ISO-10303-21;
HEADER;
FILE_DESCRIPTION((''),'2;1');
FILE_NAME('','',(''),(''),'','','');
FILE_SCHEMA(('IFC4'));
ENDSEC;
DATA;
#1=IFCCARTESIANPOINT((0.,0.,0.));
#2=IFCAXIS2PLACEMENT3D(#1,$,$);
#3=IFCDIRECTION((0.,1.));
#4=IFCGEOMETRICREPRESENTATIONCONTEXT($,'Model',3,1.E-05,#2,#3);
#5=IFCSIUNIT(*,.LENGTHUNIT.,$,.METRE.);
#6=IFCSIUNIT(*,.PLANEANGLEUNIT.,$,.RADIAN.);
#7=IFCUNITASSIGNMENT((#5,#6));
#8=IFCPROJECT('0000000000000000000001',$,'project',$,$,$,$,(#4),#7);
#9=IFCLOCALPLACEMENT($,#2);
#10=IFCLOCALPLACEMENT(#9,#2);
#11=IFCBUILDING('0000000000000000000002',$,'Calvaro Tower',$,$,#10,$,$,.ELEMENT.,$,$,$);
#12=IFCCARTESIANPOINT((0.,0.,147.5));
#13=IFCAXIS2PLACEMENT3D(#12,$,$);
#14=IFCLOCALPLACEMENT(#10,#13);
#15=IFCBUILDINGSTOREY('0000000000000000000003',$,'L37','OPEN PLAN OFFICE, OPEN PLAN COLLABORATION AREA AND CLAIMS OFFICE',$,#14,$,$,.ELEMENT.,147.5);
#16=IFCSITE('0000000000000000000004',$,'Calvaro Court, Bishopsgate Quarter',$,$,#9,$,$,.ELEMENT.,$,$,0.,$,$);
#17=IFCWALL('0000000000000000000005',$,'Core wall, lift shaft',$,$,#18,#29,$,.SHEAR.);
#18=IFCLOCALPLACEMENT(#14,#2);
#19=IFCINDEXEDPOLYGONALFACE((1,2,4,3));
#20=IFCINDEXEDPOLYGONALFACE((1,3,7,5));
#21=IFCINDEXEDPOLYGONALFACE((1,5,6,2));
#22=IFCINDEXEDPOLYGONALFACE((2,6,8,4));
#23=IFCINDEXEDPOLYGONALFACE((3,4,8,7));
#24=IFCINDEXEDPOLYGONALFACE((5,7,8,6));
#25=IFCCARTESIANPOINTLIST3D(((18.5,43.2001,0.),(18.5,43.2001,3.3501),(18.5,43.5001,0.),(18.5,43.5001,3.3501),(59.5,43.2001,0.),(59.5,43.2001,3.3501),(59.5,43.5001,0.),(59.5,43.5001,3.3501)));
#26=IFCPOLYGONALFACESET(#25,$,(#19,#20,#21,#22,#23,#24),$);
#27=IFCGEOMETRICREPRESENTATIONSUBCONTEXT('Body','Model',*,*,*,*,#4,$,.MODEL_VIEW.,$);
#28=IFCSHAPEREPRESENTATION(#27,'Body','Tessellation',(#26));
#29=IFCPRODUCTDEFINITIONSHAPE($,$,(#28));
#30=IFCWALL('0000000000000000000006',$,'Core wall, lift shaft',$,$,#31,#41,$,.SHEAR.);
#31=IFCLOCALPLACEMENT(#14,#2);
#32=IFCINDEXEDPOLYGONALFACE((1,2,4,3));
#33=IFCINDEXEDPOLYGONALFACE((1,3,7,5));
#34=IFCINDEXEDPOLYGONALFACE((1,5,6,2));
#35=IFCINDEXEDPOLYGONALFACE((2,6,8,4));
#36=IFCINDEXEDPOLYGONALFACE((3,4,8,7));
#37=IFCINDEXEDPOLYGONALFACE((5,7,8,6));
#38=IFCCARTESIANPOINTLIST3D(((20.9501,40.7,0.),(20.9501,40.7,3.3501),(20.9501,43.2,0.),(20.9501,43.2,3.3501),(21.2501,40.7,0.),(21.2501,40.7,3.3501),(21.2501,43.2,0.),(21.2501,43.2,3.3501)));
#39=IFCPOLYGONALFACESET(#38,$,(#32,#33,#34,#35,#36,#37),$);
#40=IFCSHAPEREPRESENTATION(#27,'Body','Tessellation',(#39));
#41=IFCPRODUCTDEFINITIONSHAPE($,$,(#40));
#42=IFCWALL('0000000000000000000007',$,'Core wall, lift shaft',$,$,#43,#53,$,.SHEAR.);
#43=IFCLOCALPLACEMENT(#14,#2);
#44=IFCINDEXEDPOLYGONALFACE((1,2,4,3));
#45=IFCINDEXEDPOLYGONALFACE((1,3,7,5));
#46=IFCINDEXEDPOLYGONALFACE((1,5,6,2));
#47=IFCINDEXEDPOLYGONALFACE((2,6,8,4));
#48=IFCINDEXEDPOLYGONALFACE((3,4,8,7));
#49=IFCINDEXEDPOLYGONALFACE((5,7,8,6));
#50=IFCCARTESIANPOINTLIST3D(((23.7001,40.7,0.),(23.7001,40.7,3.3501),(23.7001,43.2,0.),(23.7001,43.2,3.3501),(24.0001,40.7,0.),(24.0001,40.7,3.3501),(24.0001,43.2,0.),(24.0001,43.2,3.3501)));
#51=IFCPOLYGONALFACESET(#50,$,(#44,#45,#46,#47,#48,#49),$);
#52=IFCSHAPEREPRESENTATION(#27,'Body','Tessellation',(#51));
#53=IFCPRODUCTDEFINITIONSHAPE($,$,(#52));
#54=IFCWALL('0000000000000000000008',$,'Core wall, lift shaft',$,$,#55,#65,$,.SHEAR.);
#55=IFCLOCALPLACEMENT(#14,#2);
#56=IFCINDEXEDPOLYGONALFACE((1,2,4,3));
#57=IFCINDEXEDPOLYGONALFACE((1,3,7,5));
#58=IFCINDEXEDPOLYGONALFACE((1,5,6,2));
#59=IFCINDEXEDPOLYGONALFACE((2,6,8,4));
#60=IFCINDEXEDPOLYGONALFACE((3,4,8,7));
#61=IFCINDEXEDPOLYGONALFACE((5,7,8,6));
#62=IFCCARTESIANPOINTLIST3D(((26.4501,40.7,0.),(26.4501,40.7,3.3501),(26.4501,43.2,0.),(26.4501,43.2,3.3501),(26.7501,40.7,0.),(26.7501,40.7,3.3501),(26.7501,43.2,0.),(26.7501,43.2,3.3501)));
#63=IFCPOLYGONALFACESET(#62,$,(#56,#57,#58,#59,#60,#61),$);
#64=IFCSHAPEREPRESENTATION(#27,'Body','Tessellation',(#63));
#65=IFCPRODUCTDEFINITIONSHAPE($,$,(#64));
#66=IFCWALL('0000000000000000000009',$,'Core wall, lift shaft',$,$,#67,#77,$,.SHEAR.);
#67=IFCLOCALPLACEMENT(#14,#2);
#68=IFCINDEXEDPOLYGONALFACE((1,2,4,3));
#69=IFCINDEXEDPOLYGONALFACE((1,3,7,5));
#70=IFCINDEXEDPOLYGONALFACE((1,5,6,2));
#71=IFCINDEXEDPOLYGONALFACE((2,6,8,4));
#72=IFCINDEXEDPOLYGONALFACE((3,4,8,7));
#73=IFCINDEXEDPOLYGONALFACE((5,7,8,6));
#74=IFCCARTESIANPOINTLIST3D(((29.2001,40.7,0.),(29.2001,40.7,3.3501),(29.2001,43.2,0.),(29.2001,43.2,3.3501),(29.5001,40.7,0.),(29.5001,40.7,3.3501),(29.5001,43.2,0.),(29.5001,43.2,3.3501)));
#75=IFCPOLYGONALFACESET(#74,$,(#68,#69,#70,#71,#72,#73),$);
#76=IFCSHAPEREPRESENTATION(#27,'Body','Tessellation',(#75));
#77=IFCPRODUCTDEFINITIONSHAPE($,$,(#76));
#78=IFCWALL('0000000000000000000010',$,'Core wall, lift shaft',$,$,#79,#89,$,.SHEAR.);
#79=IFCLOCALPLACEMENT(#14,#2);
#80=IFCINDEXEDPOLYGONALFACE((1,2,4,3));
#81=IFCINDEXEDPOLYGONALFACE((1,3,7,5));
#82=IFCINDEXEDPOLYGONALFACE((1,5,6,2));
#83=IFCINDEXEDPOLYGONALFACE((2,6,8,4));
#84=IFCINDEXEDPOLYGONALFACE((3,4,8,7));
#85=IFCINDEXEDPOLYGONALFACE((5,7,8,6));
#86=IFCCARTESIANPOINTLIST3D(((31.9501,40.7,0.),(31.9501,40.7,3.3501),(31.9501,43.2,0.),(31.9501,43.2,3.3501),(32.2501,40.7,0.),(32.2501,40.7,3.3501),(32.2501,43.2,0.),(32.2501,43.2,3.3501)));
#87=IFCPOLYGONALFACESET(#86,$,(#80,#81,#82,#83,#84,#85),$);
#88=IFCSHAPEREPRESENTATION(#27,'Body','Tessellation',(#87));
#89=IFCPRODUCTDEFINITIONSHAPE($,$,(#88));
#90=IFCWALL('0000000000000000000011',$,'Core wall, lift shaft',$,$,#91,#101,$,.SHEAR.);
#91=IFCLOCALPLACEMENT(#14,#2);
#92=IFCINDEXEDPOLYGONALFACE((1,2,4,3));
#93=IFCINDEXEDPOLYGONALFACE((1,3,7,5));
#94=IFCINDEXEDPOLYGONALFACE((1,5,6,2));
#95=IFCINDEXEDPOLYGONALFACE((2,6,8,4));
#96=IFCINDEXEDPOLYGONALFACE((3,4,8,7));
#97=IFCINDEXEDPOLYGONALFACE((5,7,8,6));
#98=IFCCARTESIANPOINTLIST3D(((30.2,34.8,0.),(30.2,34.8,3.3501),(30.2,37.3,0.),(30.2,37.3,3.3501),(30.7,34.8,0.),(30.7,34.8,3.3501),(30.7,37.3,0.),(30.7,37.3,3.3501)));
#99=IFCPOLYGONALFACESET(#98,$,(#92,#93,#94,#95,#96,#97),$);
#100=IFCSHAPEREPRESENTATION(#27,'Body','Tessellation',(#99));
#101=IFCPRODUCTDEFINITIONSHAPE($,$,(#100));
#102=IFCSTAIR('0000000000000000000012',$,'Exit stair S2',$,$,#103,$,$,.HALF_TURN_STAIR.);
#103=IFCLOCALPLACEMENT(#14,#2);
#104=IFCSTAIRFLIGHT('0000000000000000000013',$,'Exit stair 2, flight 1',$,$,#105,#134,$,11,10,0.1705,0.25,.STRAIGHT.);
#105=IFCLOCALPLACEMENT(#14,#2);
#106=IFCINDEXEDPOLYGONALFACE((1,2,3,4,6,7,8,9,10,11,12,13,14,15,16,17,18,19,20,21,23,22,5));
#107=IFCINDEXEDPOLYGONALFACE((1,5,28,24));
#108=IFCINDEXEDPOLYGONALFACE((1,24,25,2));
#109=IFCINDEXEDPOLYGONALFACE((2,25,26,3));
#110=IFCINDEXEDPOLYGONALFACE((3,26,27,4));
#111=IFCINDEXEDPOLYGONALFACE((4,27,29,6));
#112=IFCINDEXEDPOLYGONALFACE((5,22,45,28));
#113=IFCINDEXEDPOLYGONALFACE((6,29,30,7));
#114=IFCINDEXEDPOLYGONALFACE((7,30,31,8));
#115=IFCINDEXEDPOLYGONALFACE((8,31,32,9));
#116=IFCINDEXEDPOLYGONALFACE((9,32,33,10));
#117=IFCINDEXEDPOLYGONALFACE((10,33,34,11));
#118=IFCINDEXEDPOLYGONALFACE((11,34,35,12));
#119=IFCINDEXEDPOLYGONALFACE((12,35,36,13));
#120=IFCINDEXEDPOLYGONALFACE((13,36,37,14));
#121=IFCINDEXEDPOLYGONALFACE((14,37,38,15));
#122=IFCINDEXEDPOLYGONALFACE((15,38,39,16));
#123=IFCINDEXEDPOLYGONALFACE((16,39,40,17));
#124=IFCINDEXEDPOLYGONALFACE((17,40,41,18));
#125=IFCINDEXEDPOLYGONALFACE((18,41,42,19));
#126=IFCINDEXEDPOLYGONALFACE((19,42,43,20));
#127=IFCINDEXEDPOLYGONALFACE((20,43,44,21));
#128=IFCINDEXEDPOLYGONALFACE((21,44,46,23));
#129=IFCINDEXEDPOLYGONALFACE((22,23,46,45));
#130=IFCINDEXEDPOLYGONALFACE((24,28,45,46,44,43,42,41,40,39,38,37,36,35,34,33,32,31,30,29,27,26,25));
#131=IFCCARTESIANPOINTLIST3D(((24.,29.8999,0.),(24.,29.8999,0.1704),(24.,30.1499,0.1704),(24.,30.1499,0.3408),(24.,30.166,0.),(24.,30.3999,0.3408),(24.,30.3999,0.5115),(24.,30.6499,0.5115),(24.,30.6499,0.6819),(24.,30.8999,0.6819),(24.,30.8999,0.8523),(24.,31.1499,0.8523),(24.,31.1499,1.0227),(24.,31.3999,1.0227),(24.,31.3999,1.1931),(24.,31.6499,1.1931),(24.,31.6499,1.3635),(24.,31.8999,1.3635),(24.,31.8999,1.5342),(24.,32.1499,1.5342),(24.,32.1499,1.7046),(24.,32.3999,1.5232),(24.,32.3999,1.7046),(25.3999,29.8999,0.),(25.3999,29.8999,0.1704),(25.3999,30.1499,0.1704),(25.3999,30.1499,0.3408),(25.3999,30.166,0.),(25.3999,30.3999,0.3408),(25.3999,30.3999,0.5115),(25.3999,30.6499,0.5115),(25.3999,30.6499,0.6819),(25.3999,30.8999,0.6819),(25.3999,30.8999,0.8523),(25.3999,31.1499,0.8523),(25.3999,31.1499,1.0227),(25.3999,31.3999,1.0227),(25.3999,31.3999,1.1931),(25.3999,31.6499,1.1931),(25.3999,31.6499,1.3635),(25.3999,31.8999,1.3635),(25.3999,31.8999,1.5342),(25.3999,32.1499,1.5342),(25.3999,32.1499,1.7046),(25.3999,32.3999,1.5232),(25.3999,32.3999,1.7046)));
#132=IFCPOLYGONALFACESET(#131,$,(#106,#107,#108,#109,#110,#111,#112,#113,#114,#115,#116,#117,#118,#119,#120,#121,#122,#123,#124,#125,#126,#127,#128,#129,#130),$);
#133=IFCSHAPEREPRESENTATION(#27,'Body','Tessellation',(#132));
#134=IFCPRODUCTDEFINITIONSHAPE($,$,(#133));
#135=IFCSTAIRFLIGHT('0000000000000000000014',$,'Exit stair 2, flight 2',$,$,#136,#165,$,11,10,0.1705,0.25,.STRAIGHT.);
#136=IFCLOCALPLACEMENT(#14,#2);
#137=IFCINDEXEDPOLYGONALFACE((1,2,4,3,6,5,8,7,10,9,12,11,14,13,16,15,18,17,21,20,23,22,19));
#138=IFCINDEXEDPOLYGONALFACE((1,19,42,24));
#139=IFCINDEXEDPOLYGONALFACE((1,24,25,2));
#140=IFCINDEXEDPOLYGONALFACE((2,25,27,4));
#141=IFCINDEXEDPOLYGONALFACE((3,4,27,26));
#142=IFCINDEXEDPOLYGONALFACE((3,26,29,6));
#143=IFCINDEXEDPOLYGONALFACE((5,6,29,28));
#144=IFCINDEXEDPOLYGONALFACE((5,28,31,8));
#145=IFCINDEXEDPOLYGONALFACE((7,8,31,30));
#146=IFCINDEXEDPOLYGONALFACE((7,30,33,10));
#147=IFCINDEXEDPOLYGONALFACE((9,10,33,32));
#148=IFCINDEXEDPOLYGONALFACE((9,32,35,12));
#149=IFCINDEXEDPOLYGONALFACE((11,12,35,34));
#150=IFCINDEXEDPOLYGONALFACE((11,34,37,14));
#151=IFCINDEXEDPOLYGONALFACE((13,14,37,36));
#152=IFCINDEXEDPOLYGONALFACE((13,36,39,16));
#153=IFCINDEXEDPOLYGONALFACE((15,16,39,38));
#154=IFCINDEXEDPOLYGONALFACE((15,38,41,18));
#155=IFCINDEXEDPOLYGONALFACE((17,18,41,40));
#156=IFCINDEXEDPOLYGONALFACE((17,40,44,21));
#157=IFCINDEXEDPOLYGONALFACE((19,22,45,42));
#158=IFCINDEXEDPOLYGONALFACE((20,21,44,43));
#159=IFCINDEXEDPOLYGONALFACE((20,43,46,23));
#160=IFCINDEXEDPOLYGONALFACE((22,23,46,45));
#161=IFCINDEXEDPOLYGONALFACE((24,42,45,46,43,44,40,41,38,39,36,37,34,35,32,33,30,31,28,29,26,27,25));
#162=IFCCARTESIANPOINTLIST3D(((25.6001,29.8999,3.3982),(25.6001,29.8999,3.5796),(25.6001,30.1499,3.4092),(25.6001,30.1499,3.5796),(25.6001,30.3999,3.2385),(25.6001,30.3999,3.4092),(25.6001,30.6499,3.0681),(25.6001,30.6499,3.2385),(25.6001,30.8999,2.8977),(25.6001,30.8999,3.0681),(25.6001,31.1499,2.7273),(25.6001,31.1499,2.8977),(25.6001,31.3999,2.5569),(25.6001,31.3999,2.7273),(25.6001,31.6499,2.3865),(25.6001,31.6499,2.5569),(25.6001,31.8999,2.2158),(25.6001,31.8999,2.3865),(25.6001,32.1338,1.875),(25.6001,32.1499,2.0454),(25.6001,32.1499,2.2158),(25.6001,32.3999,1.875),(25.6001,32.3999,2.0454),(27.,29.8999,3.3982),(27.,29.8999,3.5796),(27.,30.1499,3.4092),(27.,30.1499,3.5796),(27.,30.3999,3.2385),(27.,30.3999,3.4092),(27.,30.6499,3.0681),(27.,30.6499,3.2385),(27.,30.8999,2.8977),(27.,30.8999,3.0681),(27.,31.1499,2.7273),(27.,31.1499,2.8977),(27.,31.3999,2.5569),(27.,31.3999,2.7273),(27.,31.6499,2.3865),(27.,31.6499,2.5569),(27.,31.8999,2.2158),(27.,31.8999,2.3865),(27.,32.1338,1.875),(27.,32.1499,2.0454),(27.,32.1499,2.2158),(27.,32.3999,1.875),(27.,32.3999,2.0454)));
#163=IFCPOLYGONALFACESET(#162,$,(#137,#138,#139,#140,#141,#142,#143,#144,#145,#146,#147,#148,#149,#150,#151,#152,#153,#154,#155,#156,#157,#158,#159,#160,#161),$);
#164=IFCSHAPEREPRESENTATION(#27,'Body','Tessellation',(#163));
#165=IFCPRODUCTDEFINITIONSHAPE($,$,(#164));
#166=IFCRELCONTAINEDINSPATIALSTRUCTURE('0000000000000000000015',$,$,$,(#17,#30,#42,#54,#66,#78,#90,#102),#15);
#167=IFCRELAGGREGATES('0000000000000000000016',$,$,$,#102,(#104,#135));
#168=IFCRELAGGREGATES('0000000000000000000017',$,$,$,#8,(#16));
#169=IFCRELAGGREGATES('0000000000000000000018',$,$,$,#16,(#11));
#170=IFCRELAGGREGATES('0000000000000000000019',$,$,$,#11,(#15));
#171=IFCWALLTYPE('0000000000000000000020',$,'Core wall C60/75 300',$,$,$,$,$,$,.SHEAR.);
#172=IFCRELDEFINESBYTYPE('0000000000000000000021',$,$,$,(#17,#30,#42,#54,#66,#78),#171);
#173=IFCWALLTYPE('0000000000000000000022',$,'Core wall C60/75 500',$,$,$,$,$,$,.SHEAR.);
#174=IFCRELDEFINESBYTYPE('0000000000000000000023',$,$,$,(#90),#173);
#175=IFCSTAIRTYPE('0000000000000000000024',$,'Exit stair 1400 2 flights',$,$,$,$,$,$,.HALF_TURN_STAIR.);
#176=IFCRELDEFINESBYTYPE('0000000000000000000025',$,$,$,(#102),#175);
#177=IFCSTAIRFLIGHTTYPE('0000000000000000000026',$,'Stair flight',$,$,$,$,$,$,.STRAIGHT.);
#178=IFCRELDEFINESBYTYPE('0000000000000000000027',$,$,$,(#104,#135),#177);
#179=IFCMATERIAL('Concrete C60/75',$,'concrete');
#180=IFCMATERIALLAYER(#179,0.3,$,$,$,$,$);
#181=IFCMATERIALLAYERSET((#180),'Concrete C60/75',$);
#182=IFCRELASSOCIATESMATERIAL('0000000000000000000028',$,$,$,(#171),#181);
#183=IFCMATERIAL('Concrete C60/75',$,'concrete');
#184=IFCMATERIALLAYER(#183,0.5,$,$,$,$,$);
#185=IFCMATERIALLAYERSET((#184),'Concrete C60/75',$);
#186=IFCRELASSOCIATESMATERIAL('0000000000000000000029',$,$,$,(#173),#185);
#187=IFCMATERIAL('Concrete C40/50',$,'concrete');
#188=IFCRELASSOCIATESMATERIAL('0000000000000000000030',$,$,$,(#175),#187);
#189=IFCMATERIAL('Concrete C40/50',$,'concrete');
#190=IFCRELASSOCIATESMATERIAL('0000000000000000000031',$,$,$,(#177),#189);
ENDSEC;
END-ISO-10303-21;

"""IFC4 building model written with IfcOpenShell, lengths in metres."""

from ifc_helpers import new_model, si_unit, direction, frame, frame_2d, origin, place, context, subcontext, project, spatial, polyline, rectangle, outline, extrude, material, layer, layer_set, type_object, element, aggregate, save


model = new_model("IFC4")

# Units and contexts
model_context = context("Model", 3, precision=1e-05, world=origin(), true_north=direction((0.0, 1.0)))
body_context = subcontext(model_context, "Body", "Model", "MODEL_VIEW")
ifc_project = project(units=[si_unit("LENGTHUNIT", "METRE"), si_unit("PLANEANGLEUNIT", "RADIAN")], contexts=[model_context])

# Site, building, storey
site_placement = place(None, origin())
site = spatial("IfcSite", under=ifc_project, at=site_placement, Name="Calvaro Court, Bishopsgate Quarter", CompositionType="ELEMENT", RefElevation=0.0)
building_placement = place(site_placement, origin())
building = spatial("IfcBuilding", under=site, at=building_placement, Name="Calvaro Tower", CompositionType="ELEMENT")
storey_placement = place(building_placement, frame((0.0, 0.0, 147.5)))
storey = spatial("IfcBuildingStorey", under=building, at=storey_placement, Name="L37", Description="OPEN PLAN OFFICE, OPEN PLAN COLLABORATION AREA AND CLAIMS OFFICE", CompositionType="ELEMENT", Elevation=147.5)

# Shared definitions
ifc_material_1 = material(Name="Concrete C60/75", Category="concrete")
ifc_layer_1 = layer(ifc_material_1, 0.3)
ifc_layer_set_1 = layer_set([ifc_layer_1], Name="Concrete C60/75")
wall_type_1 = type_object("IfcWallType", Name="Core wall C60/75 300", PredefinedType="SHEAR", material=ifc_layer_set_1)

# Walls
wall_1_placement = place(storey_placement, frame((18.5, 43.3501, 0.0), z_axis=(0.0, 0.0, 1.0), x_axis=(1.0, 0.0, 0.0)))
element("IfcWall", 1, at=wall_1_placement, inside=storey, type_object=wall_type_1, Name="Core wall, lift shaft", PredefinedType="SHEAR", context=body_context, shape_type="SweptSolid", body=[
    extrude(rectangle(XDim=41.0, YDim=0.3, at=frame_2d((20.5, 0.0))), origin(), (0.0, 0.0, 1.0), 3.3501),
])
for number, where, z_axis, x_axis, name in (
    (2, (21.1001, 40.7, 0.0), (0.0, 0.0, 1.0), (0.0, 1.0, 0.0), "Core wall, lift shaft"),
    (3, (23.8501, 40.7, 0.0), (0.0, 0.0, 1.0), (0.0, 1.0, 0.0), "Core wall, lift shaft"),
    (4, (26.6001, 40.7, 0.0), (0.0, 0.0, 1.0), (0.0, 1.0, 0.0), "Core wall, lift shaft"),
    (5, (29.3501, 40.7, 0.0), (0.0, 0.0, 1.0), (0.0, 1.0, 0.0), "Core wall, lift shaft"),
    (6, (32.1001, 40.7, 0.0), (0.0, 0.0, 1.0), (0.0, 1.0, 0.0), "Core wall, lift shaft"),
):
    element("IfcWall", number, at=place(storey_placement, frame(where, z_axis=z_axis, x_axis=x_axis)), inside=storey, type_object=wall_type_1, Name=name, PredefinedType="SHEAR", context=body_context, shape_type="SweptSolid", body=[
        extrude(rectangle(XDim=2.5, YDim=0.3, at=frame_2d((1.25, 0.0))), origin(), (0.0, 0.0, 1.0), 3.3501),
    ])
ifc_material_2 = material(Name="Concrete C60/75", Category="concrete")
ifc_layer_2 = layer(ifc_material_2, 0.5)
ifc_layer_set_2 = layer_set([ifc_layer_2], Name="Concrete C60/75")
wall_type_2 = type_object("IfcWallType", Name="Core wall C60/75 500", PredefinedType="SHEAR", material=ifc_layer_set_2)
wall_2_placement = place(storey_placement, frame((30.45, 34.8, 0.0), z_axis=(0.0, 0.0, 1.0), x_axis=(0.0, 1.0, 0.0)))
element("IfcWall", 7, at=wall_2_placement, inside=storey, type_object=wall_type_2, Name="Core wall, lift shaft", PredefinedType="SHEAR", context=body_context, shape_type="SweptSolid", body=[
    extrude(rectangle(XDim=2.5, YDim=0.5, at=frame_2d((1.25, 0.0))), origin(), (0.0, 0.0, 1.0), 3.3501),
])

# Stair, stair flights
ifc_material_3 = material(Name="Concrete C40/50", Category="concrete")
stair_type = type_object("IfcStairType", Name="Exit stair 1400 2 flights", PredefinedType="HALF_TURN_STAIR", material=ifc_material_3)
stair_placement = place(storey_placement, origin())
stair = element("IfcStair", 8, at=stair_placement, inside=storey, type_object=stair_type, Name="Exit stair S2", PredefinedType="HALF_TURN_STAIR")
ifc_material_4 = material(Name="Concrete C40/50", Category="concrete")
stair_flight_type = type_object("IfcStairFlightType", Name="Stair flight", PredefinedType="STRAIGHT", material=ifc_material_4)
stair_flight_1_placement = place(storey_placement, frame((24.7, 29.8999, 0.0), z_axis=(0.0, 0.0, 1.0), x_axis=(0.0, 1.0, 0.0)))
stair_flight_1 = element("IfcStairFlight", 9, at=stair_flight_1_placement, type_object=stair_flight_type, Name="Exit stair 2, flight 1", NumberOfRisers=11, NumberOfTreads=10, PredefinedType="STRAIGHT", RiserHeight=0.1705, TreadLength=0.25, context=body_context, shape_type="SweptSolid", body=[
    extrude(outline(polyline([(0.0, 0.0), (0.0, 0.1704), (0.25, 0.1704), (0.25, 0.3408), (0.5, 0.3408), (0.5, 0.5115), (0.75, 0.5115), (0.75, 0.6819), (1.0, 0.6819), (1.0, 0.8523), (1.25, 0.8523), (1.25, 1.0227), (1.5, 1.0227), (1.5, 1.1931), (1.75, 1.1931), (1.75, 1.3635), (2.0, 1.3635), (2.0, 1.5342), (2.25, 1.5342), (2.25, 1.7046), (2.5, 1.7046), (2.5, 1.875), (2.5, 1.5232), (0.2661, 0.0), (0.0, 0.0)])), frame((0.0, 0.7, 0.0), z_axis=(0.0, -1.0, 0.0), x_axis=(1.0, 0.0, 0.0)), (0.0, 0.0, 1.0), 1.3999),
])
stair_flight_2_placement = place(storey_placement, frame((26.3, 32.3999, 1.875), z_axis=(0.0, 0.0, 1.0), x_axis=(0.0, -1.0, 0.0)))
stair_flight_2 = element("IfcStairFlight", 10, at=stair_flight_2_placement, type_object=stair_flight_type, Name="Exit stair 2, flight 2", NumberOfRisers=11, NumberOfTreads=10, PredefinedType="STRAIGHT", RiserHeight=0.1705, TreadLength=0.25, context=body_context, shape_type="SweptSolid", body=[
    extrude(outline(polyline([(0.0, 0.0), (0.0, 0.1704), (0.25, 0.1704), (0.25, 0.3408), (0.5, 0.3408), (0.5, 0.5115), (0.75, 0.5115), (0.75, 0.6819), (1.0, 0.6819), (1.0, 0.8523), (1.25, 0.8523), (1.25, 1.0227), (1.5, 1.0227), (1.5, 1.1931), (1.75, 1.1931), (1.75, 1.3635), (2.0, 1.3635), (2.0, 1.5342), (2.25, 1.5342), (2.25, 1.7046), (2.5, 1.7046), (2.5, 1.875), (2.5, 1.5232), (0.2661, 0.0), (0.0, 0.0)])), frame((0.0, 0.7, 0.0), z_axis=(0.0, -1.0, 0.0), x_axis=(1.0, 0.0, 0.0)), (0.0, 0.0, 1.0), 1.3999),
])
aggregate(stair, [stair_flight_1, stair_flight_2])

save(model, "model.ifc")
